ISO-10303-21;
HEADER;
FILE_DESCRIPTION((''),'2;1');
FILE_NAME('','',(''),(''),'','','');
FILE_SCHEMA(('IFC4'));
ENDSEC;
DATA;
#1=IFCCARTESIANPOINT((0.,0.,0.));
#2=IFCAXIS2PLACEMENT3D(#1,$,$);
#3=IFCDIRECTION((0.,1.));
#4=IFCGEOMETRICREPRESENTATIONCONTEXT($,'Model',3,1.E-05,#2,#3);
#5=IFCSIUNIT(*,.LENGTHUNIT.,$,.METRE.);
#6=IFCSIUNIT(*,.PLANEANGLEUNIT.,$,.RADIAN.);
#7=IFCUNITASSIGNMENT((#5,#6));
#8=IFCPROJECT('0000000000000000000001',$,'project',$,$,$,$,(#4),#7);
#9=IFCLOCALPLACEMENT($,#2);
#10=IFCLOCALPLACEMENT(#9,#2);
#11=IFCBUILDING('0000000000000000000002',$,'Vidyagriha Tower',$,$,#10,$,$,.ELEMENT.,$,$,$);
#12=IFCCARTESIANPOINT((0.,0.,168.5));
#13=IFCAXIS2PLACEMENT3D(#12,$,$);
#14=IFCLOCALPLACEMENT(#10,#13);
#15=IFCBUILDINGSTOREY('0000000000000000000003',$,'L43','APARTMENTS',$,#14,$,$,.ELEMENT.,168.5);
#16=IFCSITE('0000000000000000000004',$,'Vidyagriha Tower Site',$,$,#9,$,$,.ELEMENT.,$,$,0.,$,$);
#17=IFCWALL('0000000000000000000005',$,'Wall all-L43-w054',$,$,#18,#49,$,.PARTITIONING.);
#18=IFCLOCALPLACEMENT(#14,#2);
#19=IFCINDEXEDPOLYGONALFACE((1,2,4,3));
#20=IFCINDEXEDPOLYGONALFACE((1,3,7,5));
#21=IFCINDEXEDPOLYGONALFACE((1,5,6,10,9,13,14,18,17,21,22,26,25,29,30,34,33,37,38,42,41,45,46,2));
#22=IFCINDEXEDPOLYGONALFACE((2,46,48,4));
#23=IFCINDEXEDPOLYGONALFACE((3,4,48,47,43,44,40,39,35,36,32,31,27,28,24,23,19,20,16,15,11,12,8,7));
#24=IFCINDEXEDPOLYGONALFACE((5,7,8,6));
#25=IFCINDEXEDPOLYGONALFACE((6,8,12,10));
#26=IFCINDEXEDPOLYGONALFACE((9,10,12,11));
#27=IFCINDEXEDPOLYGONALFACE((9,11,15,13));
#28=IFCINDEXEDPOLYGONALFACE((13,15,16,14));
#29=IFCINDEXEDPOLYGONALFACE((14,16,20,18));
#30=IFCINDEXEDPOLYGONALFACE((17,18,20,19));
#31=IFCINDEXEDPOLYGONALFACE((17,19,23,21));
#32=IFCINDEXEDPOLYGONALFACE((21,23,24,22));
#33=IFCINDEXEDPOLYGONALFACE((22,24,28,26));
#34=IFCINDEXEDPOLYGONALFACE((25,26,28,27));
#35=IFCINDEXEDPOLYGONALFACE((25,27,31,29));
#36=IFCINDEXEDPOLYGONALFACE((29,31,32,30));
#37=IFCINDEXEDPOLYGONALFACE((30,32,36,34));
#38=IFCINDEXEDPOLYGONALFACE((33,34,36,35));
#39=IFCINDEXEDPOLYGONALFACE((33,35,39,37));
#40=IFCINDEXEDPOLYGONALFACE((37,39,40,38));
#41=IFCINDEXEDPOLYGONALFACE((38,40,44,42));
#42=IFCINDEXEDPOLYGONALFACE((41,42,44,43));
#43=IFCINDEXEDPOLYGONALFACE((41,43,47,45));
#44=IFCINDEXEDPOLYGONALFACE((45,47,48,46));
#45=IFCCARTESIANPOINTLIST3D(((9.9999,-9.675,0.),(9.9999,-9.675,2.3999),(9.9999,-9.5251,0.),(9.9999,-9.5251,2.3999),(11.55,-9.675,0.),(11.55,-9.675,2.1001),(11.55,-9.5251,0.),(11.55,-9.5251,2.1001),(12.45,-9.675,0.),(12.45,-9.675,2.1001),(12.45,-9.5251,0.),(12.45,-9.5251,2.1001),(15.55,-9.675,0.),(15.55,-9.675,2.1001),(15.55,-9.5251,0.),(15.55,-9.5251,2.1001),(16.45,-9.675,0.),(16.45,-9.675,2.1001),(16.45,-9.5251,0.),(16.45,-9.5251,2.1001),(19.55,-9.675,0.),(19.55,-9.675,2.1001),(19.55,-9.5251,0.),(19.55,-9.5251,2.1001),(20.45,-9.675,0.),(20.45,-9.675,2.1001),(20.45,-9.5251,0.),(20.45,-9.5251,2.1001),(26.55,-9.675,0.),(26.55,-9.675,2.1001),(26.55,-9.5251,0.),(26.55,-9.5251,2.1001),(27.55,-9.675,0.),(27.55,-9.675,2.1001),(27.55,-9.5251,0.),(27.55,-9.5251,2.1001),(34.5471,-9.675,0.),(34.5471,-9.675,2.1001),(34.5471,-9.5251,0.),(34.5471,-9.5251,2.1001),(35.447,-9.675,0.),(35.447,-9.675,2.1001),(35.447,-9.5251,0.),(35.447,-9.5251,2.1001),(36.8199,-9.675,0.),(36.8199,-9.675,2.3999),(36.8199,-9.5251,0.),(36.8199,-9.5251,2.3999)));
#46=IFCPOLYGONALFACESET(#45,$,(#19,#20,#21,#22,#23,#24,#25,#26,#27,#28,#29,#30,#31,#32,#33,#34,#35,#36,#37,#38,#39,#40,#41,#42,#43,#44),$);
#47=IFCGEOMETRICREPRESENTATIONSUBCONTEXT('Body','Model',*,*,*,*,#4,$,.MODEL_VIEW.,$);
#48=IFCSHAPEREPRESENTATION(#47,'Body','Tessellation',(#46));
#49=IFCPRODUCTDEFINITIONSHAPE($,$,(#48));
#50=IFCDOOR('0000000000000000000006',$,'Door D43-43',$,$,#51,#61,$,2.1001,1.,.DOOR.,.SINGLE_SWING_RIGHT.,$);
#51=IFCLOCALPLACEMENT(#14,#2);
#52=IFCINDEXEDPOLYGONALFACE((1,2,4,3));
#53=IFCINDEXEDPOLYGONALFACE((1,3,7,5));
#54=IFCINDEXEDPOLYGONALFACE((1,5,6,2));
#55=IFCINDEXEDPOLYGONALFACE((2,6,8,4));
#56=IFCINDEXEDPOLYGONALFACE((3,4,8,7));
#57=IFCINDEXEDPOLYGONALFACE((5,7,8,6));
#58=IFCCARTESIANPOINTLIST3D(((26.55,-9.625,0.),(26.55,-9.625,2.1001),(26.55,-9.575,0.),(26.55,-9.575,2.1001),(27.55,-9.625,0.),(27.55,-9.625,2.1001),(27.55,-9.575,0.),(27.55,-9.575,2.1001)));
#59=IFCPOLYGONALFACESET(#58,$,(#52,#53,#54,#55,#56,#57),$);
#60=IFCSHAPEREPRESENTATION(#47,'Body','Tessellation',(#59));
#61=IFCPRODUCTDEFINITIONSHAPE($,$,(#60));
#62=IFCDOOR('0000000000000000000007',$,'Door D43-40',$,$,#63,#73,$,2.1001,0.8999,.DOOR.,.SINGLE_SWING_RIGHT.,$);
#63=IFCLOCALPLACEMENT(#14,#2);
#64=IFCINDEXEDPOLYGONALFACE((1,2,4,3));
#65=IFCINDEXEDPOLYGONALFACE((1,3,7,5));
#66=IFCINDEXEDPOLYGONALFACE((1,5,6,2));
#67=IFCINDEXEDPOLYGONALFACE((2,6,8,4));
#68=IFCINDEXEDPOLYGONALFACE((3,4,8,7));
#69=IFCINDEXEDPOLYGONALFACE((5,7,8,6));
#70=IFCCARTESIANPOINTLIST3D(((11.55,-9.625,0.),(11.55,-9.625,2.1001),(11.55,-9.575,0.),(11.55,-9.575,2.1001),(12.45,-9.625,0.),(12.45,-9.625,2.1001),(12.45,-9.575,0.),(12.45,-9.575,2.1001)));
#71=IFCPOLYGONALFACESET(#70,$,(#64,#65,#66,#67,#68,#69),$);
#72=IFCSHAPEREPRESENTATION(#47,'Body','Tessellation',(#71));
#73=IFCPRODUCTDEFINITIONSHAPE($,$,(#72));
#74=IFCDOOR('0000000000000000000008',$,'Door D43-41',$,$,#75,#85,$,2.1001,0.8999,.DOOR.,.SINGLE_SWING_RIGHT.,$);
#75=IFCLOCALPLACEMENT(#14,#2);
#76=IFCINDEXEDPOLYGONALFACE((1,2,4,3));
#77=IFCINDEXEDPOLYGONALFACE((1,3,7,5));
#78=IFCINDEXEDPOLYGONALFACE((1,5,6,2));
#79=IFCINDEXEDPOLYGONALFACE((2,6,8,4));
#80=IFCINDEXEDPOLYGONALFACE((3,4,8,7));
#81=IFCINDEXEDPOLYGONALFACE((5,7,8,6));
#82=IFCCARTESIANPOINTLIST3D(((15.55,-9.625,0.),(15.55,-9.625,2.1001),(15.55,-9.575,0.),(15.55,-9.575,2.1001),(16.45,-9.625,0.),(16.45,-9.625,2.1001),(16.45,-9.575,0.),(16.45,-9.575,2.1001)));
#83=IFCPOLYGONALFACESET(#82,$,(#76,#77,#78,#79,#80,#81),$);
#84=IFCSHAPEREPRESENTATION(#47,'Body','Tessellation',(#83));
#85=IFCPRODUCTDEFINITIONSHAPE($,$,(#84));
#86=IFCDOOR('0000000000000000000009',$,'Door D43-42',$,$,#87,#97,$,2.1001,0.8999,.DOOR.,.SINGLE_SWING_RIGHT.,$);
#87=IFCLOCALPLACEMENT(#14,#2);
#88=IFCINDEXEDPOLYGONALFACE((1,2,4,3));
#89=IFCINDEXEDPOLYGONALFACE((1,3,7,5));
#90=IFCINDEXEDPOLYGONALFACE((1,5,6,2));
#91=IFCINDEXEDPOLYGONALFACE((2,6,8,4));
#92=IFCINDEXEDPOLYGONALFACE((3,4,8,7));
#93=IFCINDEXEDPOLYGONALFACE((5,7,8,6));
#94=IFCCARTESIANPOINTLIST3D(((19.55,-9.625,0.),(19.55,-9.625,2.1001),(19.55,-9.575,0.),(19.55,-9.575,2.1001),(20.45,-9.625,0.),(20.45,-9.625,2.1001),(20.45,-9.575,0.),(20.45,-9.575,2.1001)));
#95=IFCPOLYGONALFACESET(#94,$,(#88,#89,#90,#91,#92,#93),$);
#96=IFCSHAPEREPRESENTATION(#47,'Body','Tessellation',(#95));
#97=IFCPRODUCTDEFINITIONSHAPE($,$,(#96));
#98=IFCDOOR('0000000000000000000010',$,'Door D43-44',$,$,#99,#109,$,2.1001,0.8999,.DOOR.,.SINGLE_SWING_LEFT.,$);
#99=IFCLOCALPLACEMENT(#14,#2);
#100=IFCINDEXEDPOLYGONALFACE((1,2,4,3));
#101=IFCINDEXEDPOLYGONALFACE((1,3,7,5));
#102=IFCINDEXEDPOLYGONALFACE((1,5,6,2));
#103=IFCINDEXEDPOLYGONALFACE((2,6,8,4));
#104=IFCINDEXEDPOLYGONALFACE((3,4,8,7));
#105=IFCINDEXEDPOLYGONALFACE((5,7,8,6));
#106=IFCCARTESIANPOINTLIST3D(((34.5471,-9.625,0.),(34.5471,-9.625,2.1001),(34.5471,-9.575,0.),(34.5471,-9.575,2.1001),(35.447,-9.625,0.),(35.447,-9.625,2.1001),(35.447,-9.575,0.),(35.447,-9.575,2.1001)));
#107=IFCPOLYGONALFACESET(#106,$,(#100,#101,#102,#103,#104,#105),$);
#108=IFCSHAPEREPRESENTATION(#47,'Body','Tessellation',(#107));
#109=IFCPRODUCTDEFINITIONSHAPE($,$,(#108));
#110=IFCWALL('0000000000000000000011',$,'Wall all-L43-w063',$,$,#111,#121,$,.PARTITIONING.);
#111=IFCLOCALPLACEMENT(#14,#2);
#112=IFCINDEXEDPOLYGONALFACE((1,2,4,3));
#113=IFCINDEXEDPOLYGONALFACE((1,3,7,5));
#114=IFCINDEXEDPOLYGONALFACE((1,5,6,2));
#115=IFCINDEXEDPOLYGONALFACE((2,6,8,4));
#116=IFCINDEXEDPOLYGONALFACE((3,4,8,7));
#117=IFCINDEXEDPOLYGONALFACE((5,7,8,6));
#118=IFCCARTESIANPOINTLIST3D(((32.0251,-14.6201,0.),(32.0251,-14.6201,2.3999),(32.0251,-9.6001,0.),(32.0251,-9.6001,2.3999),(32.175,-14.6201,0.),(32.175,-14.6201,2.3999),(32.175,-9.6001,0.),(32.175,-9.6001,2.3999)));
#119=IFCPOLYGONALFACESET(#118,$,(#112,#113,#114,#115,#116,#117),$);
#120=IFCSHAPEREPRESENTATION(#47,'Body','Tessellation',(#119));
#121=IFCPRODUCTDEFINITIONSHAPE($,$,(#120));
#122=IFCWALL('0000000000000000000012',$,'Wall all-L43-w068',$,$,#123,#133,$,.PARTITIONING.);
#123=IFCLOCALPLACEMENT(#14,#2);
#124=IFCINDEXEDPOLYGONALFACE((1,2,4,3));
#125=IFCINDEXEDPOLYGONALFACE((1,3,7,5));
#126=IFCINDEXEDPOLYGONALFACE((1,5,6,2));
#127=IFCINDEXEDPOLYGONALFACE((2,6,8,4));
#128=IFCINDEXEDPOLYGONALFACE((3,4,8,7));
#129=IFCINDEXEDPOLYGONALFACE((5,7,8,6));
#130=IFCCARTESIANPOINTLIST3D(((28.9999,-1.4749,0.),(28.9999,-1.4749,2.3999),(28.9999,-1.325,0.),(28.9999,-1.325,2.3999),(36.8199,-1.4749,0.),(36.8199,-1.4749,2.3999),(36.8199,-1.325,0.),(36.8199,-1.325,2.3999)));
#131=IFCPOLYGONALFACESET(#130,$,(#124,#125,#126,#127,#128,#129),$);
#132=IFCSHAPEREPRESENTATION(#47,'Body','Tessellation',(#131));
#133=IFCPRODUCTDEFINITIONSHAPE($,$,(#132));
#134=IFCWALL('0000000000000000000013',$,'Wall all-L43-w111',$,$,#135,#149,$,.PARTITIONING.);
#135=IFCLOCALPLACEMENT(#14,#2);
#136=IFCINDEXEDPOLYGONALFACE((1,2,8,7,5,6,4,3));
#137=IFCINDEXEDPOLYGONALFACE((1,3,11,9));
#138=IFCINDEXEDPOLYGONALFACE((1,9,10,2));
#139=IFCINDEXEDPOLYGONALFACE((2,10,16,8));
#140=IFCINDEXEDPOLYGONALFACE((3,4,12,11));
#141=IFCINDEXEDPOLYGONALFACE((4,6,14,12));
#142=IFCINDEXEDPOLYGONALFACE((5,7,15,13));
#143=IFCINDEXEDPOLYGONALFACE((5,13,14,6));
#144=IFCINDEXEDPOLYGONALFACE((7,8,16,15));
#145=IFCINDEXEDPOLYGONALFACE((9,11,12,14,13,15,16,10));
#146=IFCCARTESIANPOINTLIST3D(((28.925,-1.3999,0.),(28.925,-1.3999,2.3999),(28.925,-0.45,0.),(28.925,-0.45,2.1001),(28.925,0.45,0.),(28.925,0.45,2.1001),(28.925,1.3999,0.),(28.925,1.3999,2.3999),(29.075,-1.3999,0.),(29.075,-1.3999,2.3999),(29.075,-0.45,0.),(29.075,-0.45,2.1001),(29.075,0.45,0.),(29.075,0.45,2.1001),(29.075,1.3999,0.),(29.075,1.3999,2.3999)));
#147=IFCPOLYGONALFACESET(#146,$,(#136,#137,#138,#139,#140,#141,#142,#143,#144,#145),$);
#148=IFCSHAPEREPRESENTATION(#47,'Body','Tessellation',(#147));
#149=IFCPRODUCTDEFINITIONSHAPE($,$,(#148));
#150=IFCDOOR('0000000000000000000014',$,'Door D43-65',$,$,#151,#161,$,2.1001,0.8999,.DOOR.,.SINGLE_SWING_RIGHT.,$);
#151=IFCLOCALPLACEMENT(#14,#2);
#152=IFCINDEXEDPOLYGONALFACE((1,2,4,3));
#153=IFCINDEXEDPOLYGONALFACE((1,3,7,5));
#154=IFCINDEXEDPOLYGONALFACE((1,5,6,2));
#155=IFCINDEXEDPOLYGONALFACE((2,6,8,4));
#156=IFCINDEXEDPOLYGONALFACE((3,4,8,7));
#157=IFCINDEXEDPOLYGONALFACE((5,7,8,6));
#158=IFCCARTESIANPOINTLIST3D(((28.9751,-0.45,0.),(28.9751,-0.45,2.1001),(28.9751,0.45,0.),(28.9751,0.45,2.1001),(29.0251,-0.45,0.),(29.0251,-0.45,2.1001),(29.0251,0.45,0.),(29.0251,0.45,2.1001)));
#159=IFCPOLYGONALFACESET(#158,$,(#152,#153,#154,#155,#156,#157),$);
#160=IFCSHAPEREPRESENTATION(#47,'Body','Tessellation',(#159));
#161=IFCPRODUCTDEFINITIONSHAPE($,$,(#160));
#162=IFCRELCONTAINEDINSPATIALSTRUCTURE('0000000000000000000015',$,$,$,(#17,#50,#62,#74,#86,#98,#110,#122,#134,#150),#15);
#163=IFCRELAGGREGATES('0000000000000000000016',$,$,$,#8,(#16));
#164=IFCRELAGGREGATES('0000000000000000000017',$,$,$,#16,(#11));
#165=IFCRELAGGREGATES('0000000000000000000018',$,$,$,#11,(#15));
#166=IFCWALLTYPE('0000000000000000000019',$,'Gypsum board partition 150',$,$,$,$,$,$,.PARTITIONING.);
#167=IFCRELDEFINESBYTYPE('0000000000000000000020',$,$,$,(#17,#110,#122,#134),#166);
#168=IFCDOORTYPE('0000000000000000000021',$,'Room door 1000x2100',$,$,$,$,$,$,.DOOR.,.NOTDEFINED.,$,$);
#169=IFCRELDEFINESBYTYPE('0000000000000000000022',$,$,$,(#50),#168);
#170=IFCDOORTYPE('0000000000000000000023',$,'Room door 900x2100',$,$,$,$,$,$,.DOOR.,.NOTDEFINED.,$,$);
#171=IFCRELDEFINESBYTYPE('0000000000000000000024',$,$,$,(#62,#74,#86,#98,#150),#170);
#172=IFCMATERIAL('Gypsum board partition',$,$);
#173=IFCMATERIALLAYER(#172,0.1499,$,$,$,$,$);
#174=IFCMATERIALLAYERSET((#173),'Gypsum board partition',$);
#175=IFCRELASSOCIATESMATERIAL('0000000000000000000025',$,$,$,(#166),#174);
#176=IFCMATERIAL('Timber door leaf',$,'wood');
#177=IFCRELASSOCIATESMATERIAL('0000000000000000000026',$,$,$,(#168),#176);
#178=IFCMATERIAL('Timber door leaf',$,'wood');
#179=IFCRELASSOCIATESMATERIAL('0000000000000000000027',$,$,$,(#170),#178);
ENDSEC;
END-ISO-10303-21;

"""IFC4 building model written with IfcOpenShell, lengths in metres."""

from ifc_helpers import new_model, si_unit, direction, frame, frame_2d, origin, place, context, subcontext, project, spatial, rectangle, extrude, material, layer, layer_set, type_object, element, fill, save


model = new_model("IFC4")

# Units and contexts
model_context = context("Model", 3, precision=1e-05, world=origin(), true_north=direction((0.0, 1.0)))
body_context = subcontext(model_context, "Body", "Model", "MODEL_VIEW")
ifc_project = project(units=[si_unit("LENGTHUNIT", "METRE"), si_unit("PLANEANGLEUNIT", "RADIAN")], contexts=[model_context])

# Site, building, storey
site_placement = place(None, origin())
site = spatial("IfcSite", under=ifc_project, at=site_placement, Name="Vidyagriha Tower Site", CompositionType="ELEMENT", RefElevation=0.0)
building_placement = place(site_placement, origin())
building = spatial("IfcBuilding", under=site, at=building_placement, Name="Vidyagriha Tower", CompositionType="ELEMENT")
storey_placement = place(building_placement, frame((0.0, 0.0, 168.5)))
storey = spatial("IfcBuildingStorey", under=building, at=storey_placement, Name="L43", Description="APARTMENTS", CompositionType="ELEMENT", Elevation=168.5)

# Shared definitions
ifc_material_1 = material(Name="Gypsum board partition")
ifc_layer_1 = layer(ifc_material_1, 0.1499)
ifc_layer_set_1 = layer_set([ifc_layer_1], Name="Gypsum board partition")
wall_type_1 = type_object("IfcWallType", Name="Gypsum board partition 150", PredefinedType="PARTITIONING", material=ifc_layer_set_1)

# Wall, openings, doors
wall_1_placement = place(storey_placement, frame((36.8201, -9.6001, 0.0), z_axis=(0.0, 0.0, 1.0), x_axis=(-1.0, 0.0, 0.0)))
wall_1 = element("IfcWall", 1, at=wall_1_placement, inside=storey, type_object=wall_type_1, Name="Wall all-L43-w054", PredefinedType="PARTITIONING", context=body_context, shape_type="SweptSolid", body=[
    extrude(rectangle(XDim=26.8201, YDim=0.1499, at=frame_2d((13.4102, 0.0))), origin(), (0.0, 0.0, 1.0), 2.3999),
])
opening_1_placement = place(wall_1_placement, frame((24.3701, 0.0, 0.0)))
opening_1 = element("IfcOpeningElement", 2, at=opening_1_placement, cuts=wall_1, PredefinedType="OPENING", context=body_context, shape_type="SweptSolid", body=[
    extrude(rectangle(XDim=0.8999, YDim=2.1001, at=frame_2d((0.45, 1.05))), frame((0.0, 0.085, 0.0), z_axis=(0.0, -1.0, 0.0), x_axis=(1.0, 0.0, 0.0)), (0.0, 0.0, 1.0), 0.1699),
])
opening_2_placement = place(wall_1_placement, frame((20.3701, 0.0, 0.0)))
opening_2 = element("IfcOpeningElement", 3, at=opening_2_placement, cuts=wall_1, PredefinedType="OPENING", context=body_context, shape_type="SweptSolid", body=[
    extrude(rectangle(XDim=0.8999, YDim=2.1001, at=frame_2d((0.45, 1.05))), frame((0.0, 0.085, 0.0), z_axis=(0.0, -1.0, 0.0), x_axis=(1.0, 0.0, 0.0)), (0.0, 0.0, 1.0), 0.1699),
])
opening_3_placement = place(wall_1_placement, frame((16.3701, 0.0, 0.0)))
opening_3 = element("IfcOpeningElement", 4, at=opening_3_placement, cuts=wall_1, PredefinedType="OPENING", context=body_context, shape_type="SweptSolid", body=[
    extrude(rectangle(XDim=0.8999, YDim=2.1001, at=frame_2d((0.45, 1.05))), frame((0.0, 0.085, 0.0), z_axis=(0.0, -1.0, 0.0), x_axis=(1.0, 0.0, 0.0)), (0.0, 0.0, 1.0), 0.1699),
])
opening_4_placement = place(wall_1_placement, frame((9.27, 0.0, 0.0)))
opening_4 = element("IfcOpeningElement", 5, at=opening_4_placement, cuts=wall_1, PredefinedType="OPENING", context=body_context, shape_type="SweptSolid", body=[
    extrude(rectangle(XDim=1.0, YDim=2.1001, at=frame_2d((0.5, 1.05))), frame((0.0, 0.085, 0.0), z_axis=(0.0, -1.0, 0.0), x_axis=(1.0, 0.0, 0.0)), (0.0, 0.0, 1.0), 0.1699),
])
opening_5_placement = place(wall_1_placement, frame((1.373, 0.0, 0.0)))
opening_5 = element("IfcOpeningElement", 6, at=opening_5_placement, cuts=wall_1, PredefinedType="OPENING", context=body_context, shape_type="SweptSolid", body=[
    extrude(rectangle(XDim=0.8999, YDim=2.1001, at=frame_2d((0.45, 1.05))), frame((0.0, 0.085, 0.0), z_axis=(0.0, -1.0, 0.0), x_axis=(1.0, 0.0, 0.0)), (0.0, 0.0, 1.0), 0.1699),
])
ifc_material_2 = material(Name="Timber door leaf", Category="wood")
door_type_1 = type_object("IfcDoorType", Name="Room door 1000x2100", OperationType="NOTDEFINED", PredefinedType="DOOR", material=ifc_material_2)
door_1_placement = place(opening_4_placement, origin())
door_1 = element("IfcDoor", 7, at=door_1_placement, inside=storey, type_object=door_type_1, Name="Door D43-43", OperationType="SINGLE_SWING_RIGHT", OverallHeight=2.1001, OverallWidth=1.0, PredefinedType="DOOR", context=body_context, shape_type="SweptSolid", body=[
    extrude(rectangle(XDim=1.0, YDim=2.1001, at=frame_2d((0.5, 1.05))), frame((0.0, 0.0249, 0.0), z_axis=(0.0, -1.0, 0.0), x_axis=(1.0, 0.0, 0.0)), (0.0, 0.0, 1.0), 0.05),
])
fill(opening_4, door_1)
ifc_material_3 = material(Name="Timber door leaf", Category="wood")
door_type_2 = type_object("IfcDoorType", Name="Room door 900x2100", OperationType="NOTDEFINED", PredefinedType="DOOR", material=ifc_material_3)
door_2_placement = place(opening_1_placement, origin())
door_2 = element("IfcDoor", 8, at=door_2_placement, inside=storey, type_object=door_type_2, Name="Door D43-40", OperationType="SINGLE_SWING_RIGHT", OverallHeight=2.1001, OverallWidth=0.8999, PredefinedType="DOOR", context=body_context, shape_type="SweptSolid", body=[
    extrude(rectangle(XDim=0.8999, YDim=2.1001, at=frame_2d((0.45, 1.05))), frame((0.0, 0.0249, 0.0), z_axis=(0.0, -1.0, 0.0), x_axis=(1.0, 0.0, 0.0)), (0.0, 0.0, 1.0), 0.05),
])
fill(opening_1, door_2)
door_3_placement = place(opening_2_placement, origin())
door_3 = element("IfcDoor", 9, at=door_3_placement, inside=storey, type_object=door_type_2, Name="Door D43-41", OperationType="SINGLE_SWING_RIGHT", OverallHeight=2.1001, OverallWidth=0.8999, PredefinedType="DOOR", context=body_context, shape_type="SweptSolid", body=[
    extrude(rectangle(XDim=0.8999, YDim=2.1001, at=frame_2d((0.45, 1.05))), frame((0.0, 0.0249, 0.0), z_axis=(0.0, -1.0, 0.0), x_axis=(1.0, 0.0, 0.0)), (0.0, 0.0, 1.0), 0.05),
])
fill(opening_2, door_3)
door_4_placement = place(opening_3_placement, origin())
door_4 = element("IfcDoor", 10, at=door_4_placement, inside=storey, type_object=door_type_2, Name="Door D43-42", OperationType="SINGLE_SWING_RIGHT", OverallHeight=2.1001, OverallWidth=0.8999, PredefinedType="DOOR", context=body_context, shape_type="SweptSolid", body=[
    extrude(rectangle(XDim=0.8999, YDim=2.1001, at=frame_2d((0.45, 1.05))), frame((0.0, 0.0249, 0.0), z_axis=(0.0, -1.0, 0.0), x_axis=(1.0, 0.0, 0.0)), (0.0, 0.0, 1.0), 0.05),
])
fill(opening_3, door_4)
door_5_placement = place(opening_5_placement, origin())
door_5 = element("IfcDoor", 11, at=door_5_placement, inside=storey, type_object=door_type_2, Name="Door D43-44", OperationType="SINGLE_SWING_LEFT", OverallHeight=2.1001, OverallWidth=0.8999, PredefinedType="DOOR", context=body_context, shape_type="SweptSolid", body=[
    extrude(rectangle(XDim=0.8999, YDim=2.1001, at=frame_2d((0.45, 1.05))), frame((0.0, 0.0249, 0.0), z_axis=(0.0, -1.0, 0.0), x_axis=(1.0, 0.0, 0.0)), (0.0, 0.0, 1.0), 0.05),
])
fill(opening_5, door_5)

# Walls
wall_2_placement = place(storey_placement, frame((32.1001, -9.6001, 0.0), z_axis=(0.0, 0.0, 1.0), x_axis=(0.0, -1.0, 0.0)))
element("IfcWall", 12, at=wall_2_placement, inside=storey, type_object=wall_type_1, Name="Wall all-L43-w063", PredefinedType="PARTITIONING", context=body_context, shape_type="SweptSolid", body=[
    extrude(rectangle(XDim=5.02, YDim=0.1499, at=frame_2d((2.51, 0.0))), origin(), (0.0, 0.0, 1.0), 2.3999),
])
wall_3_placement = place(storey_placement, frame((36.8201, -1.3999, 0.0), z_axis=(0.0, 0.0, 1.0), x_axis=(-1.0, 0.0, 0.0)))
element("IfcWall", 13, at=wall_3_placement, inside=storey, type_object=wall_type_1, Name="Wall all-L43-w068", PredefinedType="PARTITIONING", context=body_context, shape_type="SweptSolid", body=[
    extrude(rectangle(XDim=7.8201, YDim=0.1499, at=frame_2d((3.9102, 0.0))), origin(), (0.0, 0.0, 1.0), 2.3999),
])

# Wall, opening, door
wall_4_placement = place(storey_placement, frame((29.0, -1.3999, 0.0), z_axis=(0.0, 0.0, 1.0), x_axis=(0.0, 1.0, 0.0)))
wall_4 = element("IfcWall", 14, at=wall_4_placement, inside=storey, type_object=wall_type_1, Name="Wall all-L43-w111", PredefinedType="PARTITIONING", context=body_context, shape_type="SweptSolid", body=[
    extrude(rectangle(XDim=2.7998, YDim=0.1499, at=frame_2d((1.3999, 0.0))), origin(), (0.0, 0.0, 1.0), 2.3999),
])
opening_6_placement = place(wall_4_placement, frame((0.95, 0.0, 0.0)))
opening_6 = element("IfcOpeningElement", 15, at=opening_6_placement, cuts=wall_4, PredefinedType="OPENING", context=body_context, shape_type="SweptSolid", body=[
    extrude(rectangle(XDim=0.8999, YDim=2.1001, at=frame_2d((0.45, 1.05))), frame((0.0, 0.085, 0.0), z_axis=(0.0, -1.0, 0.0), x_axis=(1.0, 0.0, 0.0)), (0.0, 0.0, 1.0), 0.1699),
])
door_6_placement = place(opening_6_placement, origin())
door_6 = element("IfcDoor", 16, at=door_6_placement, inside=storey, type_object=door_type_2, Name="Door D43-65", OperationType="SINGLE_SWING_RIGHT", OverallHeight=2.1001, OverallWidth=0.8999, PredefinedType="DOOR", context=body_context, shape_type="SweptSolid", body=[
    extrude(rectangle(XDim=0.8999, YDim=2.1001, at=frame_2d((0.45, 1.05))), frame((0.0, 0.0249, 0.0), z_axis=(0.0, -1.0, 0.0), x_axis=(1.0, 0.0, 0.0)), (0.0, 0.0, 1.0), 0.05),
])
fill(opening_6, door_6)

save(model, "model.ifc")
